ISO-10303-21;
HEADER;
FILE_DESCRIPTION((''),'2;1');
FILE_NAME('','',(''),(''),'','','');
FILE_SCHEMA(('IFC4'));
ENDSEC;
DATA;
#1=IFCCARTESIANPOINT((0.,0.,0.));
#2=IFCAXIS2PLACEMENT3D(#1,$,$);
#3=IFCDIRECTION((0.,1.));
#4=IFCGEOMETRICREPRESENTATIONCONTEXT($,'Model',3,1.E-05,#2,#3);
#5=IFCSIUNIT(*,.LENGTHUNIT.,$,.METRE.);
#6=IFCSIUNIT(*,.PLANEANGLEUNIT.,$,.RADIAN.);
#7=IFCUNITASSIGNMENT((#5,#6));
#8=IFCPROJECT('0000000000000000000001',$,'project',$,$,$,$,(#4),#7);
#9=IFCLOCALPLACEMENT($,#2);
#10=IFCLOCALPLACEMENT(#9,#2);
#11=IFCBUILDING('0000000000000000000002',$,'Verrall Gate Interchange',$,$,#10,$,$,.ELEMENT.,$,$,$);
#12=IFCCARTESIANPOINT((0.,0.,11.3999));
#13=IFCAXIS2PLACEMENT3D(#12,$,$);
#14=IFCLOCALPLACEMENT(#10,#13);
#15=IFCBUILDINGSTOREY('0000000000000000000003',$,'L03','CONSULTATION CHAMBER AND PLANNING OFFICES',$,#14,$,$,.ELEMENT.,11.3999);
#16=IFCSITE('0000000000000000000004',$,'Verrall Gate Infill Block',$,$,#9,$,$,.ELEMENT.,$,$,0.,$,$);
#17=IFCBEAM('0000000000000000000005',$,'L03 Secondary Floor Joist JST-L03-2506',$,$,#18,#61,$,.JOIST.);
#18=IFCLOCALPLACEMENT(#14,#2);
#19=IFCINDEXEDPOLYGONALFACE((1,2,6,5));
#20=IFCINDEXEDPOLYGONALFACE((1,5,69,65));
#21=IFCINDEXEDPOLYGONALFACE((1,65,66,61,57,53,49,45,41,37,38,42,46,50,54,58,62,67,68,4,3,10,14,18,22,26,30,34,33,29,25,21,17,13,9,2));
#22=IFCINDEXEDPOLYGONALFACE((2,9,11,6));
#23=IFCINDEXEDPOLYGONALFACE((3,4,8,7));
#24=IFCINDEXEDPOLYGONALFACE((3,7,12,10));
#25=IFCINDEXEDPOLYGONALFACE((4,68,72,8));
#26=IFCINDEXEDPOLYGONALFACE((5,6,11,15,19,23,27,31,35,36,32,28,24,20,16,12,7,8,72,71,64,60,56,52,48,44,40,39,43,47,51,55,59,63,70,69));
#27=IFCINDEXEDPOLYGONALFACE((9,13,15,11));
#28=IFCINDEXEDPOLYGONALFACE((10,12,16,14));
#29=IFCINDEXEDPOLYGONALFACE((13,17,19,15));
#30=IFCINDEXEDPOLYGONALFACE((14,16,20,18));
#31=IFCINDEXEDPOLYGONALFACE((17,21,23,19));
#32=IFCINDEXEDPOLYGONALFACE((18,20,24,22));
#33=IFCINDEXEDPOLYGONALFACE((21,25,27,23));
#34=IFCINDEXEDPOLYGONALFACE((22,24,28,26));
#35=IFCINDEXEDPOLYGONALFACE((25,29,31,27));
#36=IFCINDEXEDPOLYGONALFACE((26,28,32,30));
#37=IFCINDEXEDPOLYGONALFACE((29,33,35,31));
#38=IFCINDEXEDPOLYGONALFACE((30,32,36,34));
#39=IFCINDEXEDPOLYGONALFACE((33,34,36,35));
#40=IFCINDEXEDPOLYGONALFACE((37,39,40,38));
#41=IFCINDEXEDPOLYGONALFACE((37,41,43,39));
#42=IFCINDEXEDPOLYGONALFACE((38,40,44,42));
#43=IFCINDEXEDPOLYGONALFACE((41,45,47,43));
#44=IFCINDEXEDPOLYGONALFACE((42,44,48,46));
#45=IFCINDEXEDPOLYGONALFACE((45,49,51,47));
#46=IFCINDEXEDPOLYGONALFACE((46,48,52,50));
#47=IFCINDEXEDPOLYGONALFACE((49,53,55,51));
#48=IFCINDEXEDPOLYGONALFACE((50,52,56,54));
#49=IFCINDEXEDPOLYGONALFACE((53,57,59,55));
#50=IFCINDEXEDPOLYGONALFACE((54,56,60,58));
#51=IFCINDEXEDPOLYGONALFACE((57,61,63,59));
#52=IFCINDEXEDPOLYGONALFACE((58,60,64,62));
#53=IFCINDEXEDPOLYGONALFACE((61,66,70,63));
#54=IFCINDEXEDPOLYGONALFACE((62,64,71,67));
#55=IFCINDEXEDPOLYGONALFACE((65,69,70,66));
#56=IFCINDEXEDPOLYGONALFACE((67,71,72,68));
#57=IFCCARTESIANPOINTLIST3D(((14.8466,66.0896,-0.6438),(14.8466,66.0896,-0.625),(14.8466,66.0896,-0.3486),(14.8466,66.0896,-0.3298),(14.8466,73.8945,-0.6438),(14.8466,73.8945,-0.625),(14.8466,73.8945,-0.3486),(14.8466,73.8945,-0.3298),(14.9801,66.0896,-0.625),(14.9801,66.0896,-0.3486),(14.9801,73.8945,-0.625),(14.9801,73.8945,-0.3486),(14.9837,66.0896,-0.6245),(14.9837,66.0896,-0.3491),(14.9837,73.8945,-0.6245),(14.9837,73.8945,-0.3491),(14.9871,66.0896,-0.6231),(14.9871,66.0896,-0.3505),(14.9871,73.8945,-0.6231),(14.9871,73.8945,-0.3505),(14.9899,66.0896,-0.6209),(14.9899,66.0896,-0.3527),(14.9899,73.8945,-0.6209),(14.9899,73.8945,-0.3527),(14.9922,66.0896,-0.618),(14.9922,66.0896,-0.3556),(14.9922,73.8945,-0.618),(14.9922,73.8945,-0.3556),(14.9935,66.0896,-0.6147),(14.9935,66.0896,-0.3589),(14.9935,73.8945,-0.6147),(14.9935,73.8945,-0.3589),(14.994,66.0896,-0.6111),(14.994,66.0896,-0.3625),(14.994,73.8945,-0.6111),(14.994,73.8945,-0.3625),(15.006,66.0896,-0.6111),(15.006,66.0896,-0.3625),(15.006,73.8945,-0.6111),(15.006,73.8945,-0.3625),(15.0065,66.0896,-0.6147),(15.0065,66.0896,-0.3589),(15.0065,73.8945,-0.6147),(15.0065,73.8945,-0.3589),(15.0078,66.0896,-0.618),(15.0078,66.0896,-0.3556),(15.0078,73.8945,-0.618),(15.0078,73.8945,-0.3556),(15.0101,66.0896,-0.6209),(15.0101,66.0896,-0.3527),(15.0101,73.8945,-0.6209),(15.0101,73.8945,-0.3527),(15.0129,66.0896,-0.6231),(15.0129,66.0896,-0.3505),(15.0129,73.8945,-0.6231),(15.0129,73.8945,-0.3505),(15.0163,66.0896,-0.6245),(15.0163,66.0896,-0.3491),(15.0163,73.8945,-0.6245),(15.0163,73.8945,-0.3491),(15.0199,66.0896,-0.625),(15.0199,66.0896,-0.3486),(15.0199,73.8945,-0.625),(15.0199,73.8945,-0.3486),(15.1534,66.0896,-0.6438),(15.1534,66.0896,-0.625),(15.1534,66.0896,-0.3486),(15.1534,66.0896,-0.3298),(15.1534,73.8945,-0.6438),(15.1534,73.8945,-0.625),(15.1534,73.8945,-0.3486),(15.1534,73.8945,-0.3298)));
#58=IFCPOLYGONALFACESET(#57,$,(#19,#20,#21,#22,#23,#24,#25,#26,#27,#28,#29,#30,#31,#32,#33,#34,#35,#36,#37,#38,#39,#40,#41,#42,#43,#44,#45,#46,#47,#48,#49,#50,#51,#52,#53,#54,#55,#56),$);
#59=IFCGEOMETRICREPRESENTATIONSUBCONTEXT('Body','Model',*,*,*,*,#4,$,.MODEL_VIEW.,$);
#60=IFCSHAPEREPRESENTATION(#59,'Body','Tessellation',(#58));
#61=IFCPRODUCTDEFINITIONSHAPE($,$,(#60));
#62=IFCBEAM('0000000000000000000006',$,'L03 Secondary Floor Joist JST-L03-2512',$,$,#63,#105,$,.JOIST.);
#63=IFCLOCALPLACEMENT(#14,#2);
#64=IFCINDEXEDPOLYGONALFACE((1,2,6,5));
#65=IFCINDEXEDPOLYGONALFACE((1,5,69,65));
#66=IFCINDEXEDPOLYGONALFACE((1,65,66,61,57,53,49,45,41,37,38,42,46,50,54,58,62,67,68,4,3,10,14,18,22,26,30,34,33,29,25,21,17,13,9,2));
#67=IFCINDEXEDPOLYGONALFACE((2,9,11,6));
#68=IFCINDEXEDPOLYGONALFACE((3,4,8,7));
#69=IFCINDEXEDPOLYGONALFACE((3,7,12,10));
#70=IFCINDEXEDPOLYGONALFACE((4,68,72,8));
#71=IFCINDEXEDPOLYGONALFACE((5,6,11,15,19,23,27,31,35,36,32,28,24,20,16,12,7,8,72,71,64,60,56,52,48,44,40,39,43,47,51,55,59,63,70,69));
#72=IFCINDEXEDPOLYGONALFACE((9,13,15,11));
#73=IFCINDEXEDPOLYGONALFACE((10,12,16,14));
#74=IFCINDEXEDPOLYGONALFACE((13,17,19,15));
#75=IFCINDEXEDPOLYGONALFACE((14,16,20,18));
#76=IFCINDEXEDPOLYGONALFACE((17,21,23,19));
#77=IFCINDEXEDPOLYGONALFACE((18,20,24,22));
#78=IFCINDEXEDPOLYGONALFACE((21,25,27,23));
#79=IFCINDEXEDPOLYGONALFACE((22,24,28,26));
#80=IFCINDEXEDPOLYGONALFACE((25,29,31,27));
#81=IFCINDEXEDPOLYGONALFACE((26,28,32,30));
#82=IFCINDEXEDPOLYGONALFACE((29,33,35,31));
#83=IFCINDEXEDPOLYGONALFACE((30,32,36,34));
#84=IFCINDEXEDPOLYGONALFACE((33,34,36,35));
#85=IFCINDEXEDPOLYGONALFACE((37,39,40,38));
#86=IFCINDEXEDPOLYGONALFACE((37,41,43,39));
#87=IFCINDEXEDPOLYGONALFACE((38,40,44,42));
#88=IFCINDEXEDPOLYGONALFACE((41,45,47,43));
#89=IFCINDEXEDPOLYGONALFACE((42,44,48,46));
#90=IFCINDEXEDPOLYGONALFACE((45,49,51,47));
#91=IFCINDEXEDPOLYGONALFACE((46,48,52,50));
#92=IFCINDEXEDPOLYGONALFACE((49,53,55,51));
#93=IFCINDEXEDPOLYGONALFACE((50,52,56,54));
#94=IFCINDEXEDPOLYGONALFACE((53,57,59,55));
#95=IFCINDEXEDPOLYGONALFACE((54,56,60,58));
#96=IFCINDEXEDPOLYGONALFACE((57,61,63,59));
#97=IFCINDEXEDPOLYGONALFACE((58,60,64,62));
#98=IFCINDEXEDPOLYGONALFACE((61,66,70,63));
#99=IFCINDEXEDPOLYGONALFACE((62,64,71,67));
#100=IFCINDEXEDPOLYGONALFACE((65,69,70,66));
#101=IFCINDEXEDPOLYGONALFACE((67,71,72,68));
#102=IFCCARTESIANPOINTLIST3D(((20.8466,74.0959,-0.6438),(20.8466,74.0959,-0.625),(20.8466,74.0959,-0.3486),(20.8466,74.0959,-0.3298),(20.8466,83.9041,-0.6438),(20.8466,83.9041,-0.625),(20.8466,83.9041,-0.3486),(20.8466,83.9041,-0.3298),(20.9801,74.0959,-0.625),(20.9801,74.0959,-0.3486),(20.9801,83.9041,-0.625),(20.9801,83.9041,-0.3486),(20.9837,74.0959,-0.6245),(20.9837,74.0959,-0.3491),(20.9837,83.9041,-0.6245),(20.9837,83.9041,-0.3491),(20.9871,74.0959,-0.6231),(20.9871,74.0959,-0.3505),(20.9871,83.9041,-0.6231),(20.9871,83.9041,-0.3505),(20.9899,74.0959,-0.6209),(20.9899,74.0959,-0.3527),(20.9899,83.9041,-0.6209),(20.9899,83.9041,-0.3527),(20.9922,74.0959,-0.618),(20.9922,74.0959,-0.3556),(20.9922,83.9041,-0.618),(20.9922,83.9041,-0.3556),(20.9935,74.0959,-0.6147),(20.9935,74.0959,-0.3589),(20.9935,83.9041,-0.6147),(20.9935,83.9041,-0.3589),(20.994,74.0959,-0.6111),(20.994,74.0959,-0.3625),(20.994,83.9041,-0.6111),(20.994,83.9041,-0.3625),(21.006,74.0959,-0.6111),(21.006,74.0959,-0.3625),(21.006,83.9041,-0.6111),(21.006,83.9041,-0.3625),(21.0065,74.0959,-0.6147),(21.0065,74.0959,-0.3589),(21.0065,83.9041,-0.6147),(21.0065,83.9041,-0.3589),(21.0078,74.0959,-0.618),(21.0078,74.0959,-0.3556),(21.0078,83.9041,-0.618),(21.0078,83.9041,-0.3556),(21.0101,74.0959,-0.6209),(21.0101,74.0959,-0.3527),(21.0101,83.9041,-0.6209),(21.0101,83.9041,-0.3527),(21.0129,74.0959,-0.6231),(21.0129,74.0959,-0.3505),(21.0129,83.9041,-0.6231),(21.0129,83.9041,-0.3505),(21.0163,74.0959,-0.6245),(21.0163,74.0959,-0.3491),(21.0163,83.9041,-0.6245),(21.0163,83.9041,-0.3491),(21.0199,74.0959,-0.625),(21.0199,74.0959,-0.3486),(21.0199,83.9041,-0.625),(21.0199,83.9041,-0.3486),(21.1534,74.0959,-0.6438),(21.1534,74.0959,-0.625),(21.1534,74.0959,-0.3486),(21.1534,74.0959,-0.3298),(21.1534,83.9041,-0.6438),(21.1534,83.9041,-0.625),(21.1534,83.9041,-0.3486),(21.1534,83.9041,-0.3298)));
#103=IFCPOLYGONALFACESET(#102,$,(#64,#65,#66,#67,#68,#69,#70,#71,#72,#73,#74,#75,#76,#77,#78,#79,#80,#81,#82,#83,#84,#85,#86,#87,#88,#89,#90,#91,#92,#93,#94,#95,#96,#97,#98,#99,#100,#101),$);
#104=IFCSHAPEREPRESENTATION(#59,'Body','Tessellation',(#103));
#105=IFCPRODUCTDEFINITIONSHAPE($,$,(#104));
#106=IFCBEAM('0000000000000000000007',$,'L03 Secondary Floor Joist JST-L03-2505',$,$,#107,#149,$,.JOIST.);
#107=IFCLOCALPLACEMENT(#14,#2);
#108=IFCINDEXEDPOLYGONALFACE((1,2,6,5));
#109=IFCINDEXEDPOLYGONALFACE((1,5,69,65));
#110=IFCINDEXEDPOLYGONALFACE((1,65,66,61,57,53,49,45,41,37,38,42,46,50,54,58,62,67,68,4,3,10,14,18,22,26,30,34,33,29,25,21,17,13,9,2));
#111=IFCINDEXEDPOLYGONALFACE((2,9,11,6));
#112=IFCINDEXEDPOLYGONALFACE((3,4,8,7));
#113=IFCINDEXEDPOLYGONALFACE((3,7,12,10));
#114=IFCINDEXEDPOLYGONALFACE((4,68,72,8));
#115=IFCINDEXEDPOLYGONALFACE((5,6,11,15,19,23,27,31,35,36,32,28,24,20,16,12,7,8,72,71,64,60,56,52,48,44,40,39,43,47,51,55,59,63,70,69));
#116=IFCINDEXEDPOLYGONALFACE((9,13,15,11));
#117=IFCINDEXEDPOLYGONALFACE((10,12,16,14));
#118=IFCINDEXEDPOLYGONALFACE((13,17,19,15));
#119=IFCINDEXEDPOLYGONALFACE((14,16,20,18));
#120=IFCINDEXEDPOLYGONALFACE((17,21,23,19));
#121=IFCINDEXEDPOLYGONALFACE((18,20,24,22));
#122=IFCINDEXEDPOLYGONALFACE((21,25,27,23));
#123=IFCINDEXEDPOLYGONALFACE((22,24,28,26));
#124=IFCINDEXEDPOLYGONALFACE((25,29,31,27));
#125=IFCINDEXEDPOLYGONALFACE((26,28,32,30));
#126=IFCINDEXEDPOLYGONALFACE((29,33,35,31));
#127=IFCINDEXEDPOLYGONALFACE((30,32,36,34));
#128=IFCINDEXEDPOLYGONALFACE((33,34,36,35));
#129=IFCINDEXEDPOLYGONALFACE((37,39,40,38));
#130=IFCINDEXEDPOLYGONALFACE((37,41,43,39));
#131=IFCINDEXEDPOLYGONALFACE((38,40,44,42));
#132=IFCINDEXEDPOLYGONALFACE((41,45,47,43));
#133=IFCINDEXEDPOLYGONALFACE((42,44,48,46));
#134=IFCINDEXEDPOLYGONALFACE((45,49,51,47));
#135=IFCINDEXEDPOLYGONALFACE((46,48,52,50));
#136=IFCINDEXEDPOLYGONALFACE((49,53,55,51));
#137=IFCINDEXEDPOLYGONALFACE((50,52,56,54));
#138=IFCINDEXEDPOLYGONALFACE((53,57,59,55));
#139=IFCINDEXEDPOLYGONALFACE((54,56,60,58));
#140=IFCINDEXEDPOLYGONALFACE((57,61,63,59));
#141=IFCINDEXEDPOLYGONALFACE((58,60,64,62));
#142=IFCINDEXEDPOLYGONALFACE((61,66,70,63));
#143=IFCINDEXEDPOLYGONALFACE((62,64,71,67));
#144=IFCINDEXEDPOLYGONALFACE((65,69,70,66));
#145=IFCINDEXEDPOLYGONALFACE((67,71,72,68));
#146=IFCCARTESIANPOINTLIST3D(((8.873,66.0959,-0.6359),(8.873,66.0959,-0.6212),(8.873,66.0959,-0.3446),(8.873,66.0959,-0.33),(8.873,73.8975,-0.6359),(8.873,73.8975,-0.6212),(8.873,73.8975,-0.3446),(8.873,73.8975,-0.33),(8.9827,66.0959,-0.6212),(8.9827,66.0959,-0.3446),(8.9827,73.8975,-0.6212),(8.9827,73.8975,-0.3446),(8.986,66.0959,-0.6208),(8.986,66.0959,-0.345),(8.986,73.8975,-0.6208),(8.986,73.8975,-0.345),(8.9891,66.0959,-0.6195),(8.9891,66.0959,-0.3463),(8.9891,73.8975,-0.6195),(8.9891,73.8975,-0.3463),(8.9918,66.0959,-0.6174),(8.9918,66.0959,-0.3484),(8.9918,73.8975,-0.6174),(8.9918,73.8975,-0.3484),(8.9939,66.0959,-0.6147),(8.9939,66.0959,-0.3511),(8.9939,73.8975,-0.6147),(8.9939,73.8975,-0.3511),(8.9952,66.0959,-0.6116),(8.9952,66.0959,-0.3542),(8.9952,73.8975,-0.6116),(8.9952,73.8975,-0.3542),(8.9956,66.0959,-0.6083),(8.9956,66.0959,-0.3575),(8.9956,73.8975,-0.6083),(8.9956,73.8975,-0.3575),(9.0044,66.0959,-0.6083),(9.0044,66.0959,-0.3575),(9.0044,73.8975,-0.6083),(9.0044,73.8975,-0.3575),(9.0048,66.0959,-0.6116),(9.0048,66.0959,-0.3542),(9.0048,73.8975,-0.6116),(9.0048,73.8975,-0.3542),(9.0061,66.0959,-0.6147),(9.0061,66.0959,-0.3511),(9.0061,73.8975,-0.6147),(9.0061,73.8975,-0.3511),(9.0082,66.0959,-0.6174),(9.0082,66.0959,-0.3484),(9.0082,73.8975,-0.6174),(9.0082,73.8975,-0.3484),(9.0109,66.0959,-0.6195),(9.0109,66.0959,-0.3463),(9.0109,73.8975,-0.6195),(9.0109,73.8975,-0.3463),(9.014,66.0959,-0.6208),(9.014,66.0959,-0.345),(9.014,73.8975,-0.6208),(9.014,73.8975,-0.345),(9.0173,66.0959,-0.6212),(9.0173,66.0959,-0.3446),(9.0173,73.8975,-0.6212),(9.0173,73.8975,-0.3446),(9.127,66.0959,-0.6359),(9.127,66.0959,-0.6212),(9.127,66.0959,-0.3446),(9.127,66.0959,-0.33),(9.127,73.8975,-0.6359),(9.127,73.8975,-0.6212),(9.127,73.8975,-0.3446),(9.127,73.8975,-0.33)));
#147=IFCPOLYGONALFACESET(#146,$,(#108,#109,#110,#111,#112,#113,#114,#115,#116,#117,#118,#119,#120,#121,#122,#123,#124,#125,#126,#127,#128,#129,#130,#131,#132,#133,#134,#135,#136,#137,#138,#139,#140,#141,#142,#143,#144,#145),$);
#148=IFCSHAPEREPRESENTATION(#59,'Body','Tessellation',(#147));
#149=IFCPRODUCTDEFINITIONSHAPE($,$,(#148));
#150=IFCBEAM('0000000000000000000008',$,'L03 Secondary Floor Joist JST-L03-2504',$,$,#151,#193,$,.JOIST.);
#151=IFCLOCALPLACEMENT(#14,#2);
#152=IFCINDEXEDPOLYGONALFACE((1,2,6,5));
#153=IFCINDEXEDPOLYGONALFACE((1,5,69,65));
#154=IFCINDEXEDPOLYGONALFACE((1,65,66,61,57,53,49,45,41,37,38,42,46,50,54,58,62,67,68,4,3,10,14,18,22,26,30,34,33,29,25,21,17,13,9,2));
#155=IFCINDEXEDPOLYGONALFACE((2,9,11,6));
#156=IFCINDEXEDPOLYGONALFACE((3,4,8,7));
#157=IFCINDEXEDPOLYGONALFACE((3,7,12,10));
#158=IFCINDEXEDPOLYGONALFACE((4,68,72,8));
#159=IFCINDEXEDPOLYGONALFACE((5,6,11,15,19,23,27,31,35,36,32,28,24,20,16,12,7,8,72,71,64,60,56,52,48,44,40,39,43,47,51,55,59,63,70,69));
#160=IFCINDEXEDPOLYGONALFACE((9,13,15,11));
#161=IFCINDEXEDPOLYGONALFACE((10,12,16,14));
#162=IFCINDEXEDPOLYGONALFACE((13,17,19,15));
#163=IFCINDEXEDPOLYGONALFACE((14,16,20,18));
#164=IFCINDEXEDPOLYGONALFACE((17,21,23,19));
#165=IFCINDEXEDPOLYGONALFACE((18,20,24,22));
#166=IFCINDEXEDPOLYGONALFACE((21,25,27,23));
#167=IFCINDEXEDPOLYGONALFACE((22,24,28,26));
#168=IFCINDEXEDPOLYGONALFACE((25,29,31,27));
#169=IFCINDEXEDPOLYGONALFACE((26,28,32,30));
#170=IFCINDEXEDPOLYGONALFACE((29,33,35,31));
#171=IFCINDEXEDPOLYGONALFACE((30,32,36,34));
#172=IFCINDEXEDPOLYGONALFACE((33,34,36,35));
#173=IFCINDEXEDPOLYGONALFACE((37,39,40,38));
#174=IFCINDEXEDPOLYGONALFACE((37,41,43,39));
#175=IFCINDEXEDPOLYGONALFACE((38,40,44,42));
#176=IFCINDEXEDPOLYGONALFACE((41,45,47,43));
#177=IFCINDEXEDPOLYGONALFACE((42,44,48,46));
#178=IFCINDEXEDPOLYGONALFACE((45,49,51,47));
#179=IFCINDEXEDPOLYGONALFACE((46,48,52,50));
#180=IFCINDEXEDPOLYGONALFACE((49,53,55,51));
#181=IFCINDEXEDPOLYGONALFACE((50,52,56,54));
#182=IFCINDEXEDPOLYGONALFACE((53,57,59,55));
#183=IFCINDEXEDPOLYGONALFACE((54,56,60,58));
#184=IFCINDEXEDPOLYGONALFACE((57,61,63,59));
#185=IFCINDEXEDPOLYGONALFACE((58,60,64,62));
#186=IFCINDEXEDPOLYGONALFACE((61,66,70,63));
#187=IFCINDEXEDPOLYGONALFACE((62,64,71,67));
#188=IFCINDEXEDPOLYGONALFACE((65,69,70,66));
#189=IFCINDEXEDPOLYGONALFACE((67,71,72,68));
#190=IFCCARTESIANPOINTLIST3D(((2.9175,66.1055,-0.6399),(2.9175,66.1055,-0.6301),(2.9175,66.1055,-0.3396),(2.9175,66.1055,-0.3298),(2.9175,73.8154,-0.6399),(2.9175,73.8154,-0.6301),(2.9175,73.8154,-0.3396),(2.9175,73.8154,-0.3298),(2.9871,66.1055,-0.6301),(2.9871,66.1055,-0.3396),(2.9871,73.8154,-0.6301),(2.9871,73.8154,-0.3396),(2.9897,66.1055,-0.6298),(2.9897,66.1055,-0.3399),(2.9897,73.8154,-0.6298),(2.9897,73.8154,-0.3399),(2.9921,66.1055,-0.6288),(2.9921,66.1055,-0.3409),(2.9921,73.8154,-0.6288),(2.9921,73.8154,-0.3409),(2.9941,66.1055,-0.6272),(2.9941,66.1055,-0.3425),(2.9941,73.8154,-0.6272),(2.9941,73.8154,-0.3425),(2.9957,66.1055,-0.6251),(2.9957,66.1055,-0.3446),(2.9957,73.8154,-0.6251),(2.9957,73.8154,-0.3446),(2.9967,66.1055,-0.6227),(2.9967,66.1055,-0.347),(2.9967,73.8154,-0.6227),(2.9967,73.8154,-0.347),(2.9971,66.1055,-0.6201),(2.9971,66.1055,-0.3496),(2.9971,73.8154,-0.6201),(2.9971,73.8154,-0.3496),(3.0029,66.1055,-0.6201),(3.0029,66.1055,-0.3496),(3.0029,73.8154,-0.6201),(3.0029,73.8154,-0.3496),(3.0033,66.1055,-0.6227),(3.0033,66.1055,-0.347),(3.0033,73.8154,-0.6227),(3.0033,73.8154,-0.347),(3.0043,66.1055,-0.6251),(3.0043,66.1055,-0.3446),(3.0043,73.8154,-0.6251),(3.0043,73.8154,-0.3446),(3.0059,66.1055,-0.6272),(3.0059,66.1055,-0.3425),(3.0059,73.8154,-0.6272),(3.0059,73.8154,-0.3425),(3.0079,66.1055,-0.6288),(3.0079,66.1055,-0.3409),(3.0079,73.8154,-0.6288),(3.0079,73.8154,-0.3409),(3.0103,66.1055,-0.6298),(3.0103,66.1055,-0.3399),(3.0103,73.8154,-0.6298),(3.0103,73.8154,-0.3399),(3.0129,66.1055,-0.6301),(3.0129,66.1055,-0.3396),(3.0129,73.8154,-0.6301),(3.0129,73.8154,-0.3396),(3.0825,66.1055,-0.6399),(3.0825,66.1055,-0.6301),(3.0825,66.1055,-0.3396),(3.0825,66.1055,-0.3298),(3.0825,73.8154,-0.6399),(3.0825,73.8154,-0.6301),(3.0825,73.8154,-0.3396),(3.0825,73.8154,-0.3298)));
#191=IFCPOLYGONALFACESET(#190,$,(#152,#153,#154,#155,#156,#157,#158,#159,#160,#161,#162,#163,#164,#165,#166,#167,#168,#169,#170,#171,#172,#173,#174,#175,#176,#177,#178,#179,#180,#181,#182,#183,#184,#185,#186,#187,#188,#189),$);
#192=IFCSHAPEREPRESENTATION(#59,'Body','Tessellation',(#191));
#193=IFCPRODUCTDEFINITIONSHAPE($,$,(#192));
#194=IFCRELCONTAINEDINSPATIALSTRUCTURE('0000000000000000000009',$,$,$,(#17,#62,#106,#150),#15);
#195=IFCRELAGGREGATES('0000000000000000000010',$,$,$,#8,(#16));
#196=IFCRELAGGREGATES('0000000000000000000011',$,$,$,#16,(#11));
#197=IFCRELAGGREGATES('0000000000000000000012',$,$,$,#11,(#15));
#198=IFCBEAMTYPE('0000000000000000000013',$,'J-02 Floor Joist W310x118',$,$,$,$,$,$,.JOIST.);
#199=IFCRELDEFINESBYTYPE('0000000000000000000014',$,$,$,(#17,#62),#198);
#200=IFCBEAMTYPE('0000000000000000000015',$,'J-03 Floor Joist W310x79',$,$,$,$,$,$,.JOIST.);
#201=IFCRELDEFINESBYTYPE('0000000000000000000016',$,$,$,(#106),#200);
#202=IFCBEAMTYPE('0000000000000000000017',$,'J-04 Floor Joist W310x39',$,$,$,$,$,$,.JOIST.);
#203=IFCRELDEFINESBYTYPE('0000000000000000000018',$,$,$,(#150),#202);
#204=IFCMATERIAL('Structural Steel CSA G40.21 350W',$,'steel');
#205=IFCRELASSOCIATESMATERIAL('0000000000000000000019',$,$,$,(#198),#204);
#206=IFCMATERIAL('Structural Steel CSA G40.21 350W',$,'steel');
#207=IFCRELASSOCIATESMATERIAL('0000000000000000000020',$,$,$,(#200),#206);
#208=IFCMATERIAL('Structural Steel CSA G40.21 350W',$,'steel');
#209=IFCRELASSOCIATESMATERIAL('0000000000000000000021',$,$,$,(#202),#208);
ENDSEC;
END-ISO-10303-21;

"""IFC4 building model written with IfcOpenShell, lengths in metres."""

from ifc_helpers import new_model, si_unit, direction, frame, origin, origin_2d, place, context, subcontext, project, spatial, i_section, extrude, material, material_profile, profile_set, type_object, element, save


model = new_model("IFC4")

# Units and contexts
model_context = context("Model", 3, precision=1e-05, world=origin(), true_north=direction((0.0, 1.0)))
body_context = subcontext(model_context, "Body", "Model", "MODEL_VIEW")
ifc_project = project(units=[si_unit("LENGTHUNIT", "METRE"), si_unit("PLANEANGLEUNIT", "RADIAN")], contexts=[model_context])

# Site, building, storey
site_placement = place(None, origin())
site = spatial("IfcSite", under=ifc_project, at=site_placement, Name="Verrall Gate Infill Block", CompositionType="ELEMENT", RefElevation=0.0)
building_placement = place(site_placement, origin())
building = spatial("IfcBuilding", under=site, at=building_placement, Name="Verrall Gate Interchange", CompositionType="ELEMENT")
storey_placement = place(building_placement, frame((0.0, 0.0, 11.3999)))
storey = spatial("IfcBuildingStorey", under=building, at=storey_placement, Name="L03", Description="CONSULTATION CHAMBER AND PLANNING OFFICES", CompositionType="ELEMENT", Elevation=11.3999)

# Beams
ifc_material_1 = material(Name="Structural Steel CSA G40.21 350W", Category="steel")
ifc_material_profile_1 = material_profile(ifc_material_1, i_section(OverallWidth=0.3069, OverallDepth=0.314, WebThickness=0.012, FlangeThickness=0.0188, FilletRadius=0.0139, at=origin_2d()), Name="W310x118")
ifc_profile_set_1 = profile_set([ifc_material_profile_1], Name="Structural Steel CSA G40.21 350W")
beam_type_1 = type_object("IfcBeamType", Name="J-02 Floor Joist W310x118", PredefinedType="JOIST", material=ifc_profile_set_1)
beam_1_placement = place(storey_placement, frame((15.0, 66.0896, -0.4868), z_axis=(0.0, 1.0, 0.0), x_axis=(-1.0, 0.0, 0.0)))
element("IfcBeam", 1, at=beam_1_placement, inside=storey, type_object=beam_type_1, Name="L03 Secondary Floor Joist JST-L03-2506", PredefinedType="JOIST", context=body_context, shape_type="SweptSolid", body=[
    extrude(i_section(OverallWidth=0.3069, OverallDepth=0.314, WebThickness=0.012, FlangeThickness=0.0188, FilletRadius=0.0139, at=origin_2d()), origin(), (0.0, 0.0, 1.0), 7.8049),
])
beam_2_placement = place(storey_placement, frame((21.0, 74.0959, -0.4868), z_axis=(0.0, 1.0, 0.0), x_axis=(-1.0, 0.0, 0.0)))
element("IfcBeam", 2, at=beam_2_placement, inside=storey, type_object=beam_type_1, Name="L03 Secondary Floor Joist JST-L03-2512", PredefinedType="JOIST", context=body_context, shape_type="SweptSolid", body=[
    extrude(i_section(OverallWidth=0.3069, OverallDepth=0.314, WebThickness=0.012, FlangeThickness=0.0188, FilletRadius=0.0139, at=origin_2d()), origin(), (0.0, 0.0, 1.0), 9.8081),
])
ifc_material_2 = material(Name="Structural Steel CSA G40.21 350W", Category="steel")
ifc_material_profile_2 = material_profile(ifc_material_2, i_section(OverallWidth=0.2539, OverallDepth=0.3059, WebThickness=0.0088, FlangeThickness=0.0146, FilletRadius=0.0129, at=origin_2d()), Name="W310x79")
ifc_profile_set_2 = profile_set([ifc_material_profile_2], Name="Structural Steel CSA G40.21 350W")
beam_type_2 = type_object("IfcBeamType", Name="J-03 Floor Joist W310x79", PredefinedType="JOIST", material=ifc_profile_set_2)
beam_3_placement = place(storey_placement, frame((9.0, 66.0959, -0.4829), z_axis=(0.0, 1.0, 0.0), x_axis=(-1.0, 0.0, 0.0)))
element("IfcBeam", 3, at=beam_3_placement, inside=storey, type_object=beam_type_2, Name="L03 Secondary Floor Joist JST-L03-2505", PredefinedType="JOIST", context=body_context, shape_type="SweptSolid", body=[
    extrude(i_section(OverallWidth=0.2539, OverallDepth=0.3059, WebThickness=0.0088, FlangeThickness=0.0146, FilletRadius=0.0129, at=origin_2d()), origin(), (0.0, 0.0, 1.0), 7.8015),
])
ifc_material_3 = material(Name="Structural Steel CSA G40.21 350W", Category="steel")
ifc_material_profile_3 = material_profile(ifc_material_3, i_section(OverallWidth=0.165, OverallDepth=0.3101, WebThickness=0.0059, FlangeThickness=0.0098, FilletRadius=0.01, at=origin_2d()), Name="W310x39")
ifc_profile_set_3 = profile_set([ifc_material_profile_3], Name="Structural Steel CSA G40.21 350W")
beam_type_3 = type_object("IfcBeamType", Name="J-04 Floor Joist W310x39", PredefinedType="JOIST", material=ifc_profile_set_3)
beam_4_placement = place(storey_placement, frame((3.0, 66.1055, -0.4849), z_axis=(0.0, 1.0, 0.0), x_axis=(-1.0, 0.0, 0.0)))
element("IfcBeam", 4, at=beam_4_placement, inside=storey, type_object=beam_type_3, Name="L03 Secondary Floor Joist JST-L03-2504", PredefinedType="JOIST", context=body_context, shape_type="SweptSolid", body=[
    extrude(i_section(OverallWidth=0.165, OverallDepth=0.3101, WebThickness=0.0059, FlangeThickness=0.0098, FilletRadius=0.01, at=origin_2d()), origin(), (0.0, 0.0, 1.0), 7.71),
])

save(model, "model.ifc")
